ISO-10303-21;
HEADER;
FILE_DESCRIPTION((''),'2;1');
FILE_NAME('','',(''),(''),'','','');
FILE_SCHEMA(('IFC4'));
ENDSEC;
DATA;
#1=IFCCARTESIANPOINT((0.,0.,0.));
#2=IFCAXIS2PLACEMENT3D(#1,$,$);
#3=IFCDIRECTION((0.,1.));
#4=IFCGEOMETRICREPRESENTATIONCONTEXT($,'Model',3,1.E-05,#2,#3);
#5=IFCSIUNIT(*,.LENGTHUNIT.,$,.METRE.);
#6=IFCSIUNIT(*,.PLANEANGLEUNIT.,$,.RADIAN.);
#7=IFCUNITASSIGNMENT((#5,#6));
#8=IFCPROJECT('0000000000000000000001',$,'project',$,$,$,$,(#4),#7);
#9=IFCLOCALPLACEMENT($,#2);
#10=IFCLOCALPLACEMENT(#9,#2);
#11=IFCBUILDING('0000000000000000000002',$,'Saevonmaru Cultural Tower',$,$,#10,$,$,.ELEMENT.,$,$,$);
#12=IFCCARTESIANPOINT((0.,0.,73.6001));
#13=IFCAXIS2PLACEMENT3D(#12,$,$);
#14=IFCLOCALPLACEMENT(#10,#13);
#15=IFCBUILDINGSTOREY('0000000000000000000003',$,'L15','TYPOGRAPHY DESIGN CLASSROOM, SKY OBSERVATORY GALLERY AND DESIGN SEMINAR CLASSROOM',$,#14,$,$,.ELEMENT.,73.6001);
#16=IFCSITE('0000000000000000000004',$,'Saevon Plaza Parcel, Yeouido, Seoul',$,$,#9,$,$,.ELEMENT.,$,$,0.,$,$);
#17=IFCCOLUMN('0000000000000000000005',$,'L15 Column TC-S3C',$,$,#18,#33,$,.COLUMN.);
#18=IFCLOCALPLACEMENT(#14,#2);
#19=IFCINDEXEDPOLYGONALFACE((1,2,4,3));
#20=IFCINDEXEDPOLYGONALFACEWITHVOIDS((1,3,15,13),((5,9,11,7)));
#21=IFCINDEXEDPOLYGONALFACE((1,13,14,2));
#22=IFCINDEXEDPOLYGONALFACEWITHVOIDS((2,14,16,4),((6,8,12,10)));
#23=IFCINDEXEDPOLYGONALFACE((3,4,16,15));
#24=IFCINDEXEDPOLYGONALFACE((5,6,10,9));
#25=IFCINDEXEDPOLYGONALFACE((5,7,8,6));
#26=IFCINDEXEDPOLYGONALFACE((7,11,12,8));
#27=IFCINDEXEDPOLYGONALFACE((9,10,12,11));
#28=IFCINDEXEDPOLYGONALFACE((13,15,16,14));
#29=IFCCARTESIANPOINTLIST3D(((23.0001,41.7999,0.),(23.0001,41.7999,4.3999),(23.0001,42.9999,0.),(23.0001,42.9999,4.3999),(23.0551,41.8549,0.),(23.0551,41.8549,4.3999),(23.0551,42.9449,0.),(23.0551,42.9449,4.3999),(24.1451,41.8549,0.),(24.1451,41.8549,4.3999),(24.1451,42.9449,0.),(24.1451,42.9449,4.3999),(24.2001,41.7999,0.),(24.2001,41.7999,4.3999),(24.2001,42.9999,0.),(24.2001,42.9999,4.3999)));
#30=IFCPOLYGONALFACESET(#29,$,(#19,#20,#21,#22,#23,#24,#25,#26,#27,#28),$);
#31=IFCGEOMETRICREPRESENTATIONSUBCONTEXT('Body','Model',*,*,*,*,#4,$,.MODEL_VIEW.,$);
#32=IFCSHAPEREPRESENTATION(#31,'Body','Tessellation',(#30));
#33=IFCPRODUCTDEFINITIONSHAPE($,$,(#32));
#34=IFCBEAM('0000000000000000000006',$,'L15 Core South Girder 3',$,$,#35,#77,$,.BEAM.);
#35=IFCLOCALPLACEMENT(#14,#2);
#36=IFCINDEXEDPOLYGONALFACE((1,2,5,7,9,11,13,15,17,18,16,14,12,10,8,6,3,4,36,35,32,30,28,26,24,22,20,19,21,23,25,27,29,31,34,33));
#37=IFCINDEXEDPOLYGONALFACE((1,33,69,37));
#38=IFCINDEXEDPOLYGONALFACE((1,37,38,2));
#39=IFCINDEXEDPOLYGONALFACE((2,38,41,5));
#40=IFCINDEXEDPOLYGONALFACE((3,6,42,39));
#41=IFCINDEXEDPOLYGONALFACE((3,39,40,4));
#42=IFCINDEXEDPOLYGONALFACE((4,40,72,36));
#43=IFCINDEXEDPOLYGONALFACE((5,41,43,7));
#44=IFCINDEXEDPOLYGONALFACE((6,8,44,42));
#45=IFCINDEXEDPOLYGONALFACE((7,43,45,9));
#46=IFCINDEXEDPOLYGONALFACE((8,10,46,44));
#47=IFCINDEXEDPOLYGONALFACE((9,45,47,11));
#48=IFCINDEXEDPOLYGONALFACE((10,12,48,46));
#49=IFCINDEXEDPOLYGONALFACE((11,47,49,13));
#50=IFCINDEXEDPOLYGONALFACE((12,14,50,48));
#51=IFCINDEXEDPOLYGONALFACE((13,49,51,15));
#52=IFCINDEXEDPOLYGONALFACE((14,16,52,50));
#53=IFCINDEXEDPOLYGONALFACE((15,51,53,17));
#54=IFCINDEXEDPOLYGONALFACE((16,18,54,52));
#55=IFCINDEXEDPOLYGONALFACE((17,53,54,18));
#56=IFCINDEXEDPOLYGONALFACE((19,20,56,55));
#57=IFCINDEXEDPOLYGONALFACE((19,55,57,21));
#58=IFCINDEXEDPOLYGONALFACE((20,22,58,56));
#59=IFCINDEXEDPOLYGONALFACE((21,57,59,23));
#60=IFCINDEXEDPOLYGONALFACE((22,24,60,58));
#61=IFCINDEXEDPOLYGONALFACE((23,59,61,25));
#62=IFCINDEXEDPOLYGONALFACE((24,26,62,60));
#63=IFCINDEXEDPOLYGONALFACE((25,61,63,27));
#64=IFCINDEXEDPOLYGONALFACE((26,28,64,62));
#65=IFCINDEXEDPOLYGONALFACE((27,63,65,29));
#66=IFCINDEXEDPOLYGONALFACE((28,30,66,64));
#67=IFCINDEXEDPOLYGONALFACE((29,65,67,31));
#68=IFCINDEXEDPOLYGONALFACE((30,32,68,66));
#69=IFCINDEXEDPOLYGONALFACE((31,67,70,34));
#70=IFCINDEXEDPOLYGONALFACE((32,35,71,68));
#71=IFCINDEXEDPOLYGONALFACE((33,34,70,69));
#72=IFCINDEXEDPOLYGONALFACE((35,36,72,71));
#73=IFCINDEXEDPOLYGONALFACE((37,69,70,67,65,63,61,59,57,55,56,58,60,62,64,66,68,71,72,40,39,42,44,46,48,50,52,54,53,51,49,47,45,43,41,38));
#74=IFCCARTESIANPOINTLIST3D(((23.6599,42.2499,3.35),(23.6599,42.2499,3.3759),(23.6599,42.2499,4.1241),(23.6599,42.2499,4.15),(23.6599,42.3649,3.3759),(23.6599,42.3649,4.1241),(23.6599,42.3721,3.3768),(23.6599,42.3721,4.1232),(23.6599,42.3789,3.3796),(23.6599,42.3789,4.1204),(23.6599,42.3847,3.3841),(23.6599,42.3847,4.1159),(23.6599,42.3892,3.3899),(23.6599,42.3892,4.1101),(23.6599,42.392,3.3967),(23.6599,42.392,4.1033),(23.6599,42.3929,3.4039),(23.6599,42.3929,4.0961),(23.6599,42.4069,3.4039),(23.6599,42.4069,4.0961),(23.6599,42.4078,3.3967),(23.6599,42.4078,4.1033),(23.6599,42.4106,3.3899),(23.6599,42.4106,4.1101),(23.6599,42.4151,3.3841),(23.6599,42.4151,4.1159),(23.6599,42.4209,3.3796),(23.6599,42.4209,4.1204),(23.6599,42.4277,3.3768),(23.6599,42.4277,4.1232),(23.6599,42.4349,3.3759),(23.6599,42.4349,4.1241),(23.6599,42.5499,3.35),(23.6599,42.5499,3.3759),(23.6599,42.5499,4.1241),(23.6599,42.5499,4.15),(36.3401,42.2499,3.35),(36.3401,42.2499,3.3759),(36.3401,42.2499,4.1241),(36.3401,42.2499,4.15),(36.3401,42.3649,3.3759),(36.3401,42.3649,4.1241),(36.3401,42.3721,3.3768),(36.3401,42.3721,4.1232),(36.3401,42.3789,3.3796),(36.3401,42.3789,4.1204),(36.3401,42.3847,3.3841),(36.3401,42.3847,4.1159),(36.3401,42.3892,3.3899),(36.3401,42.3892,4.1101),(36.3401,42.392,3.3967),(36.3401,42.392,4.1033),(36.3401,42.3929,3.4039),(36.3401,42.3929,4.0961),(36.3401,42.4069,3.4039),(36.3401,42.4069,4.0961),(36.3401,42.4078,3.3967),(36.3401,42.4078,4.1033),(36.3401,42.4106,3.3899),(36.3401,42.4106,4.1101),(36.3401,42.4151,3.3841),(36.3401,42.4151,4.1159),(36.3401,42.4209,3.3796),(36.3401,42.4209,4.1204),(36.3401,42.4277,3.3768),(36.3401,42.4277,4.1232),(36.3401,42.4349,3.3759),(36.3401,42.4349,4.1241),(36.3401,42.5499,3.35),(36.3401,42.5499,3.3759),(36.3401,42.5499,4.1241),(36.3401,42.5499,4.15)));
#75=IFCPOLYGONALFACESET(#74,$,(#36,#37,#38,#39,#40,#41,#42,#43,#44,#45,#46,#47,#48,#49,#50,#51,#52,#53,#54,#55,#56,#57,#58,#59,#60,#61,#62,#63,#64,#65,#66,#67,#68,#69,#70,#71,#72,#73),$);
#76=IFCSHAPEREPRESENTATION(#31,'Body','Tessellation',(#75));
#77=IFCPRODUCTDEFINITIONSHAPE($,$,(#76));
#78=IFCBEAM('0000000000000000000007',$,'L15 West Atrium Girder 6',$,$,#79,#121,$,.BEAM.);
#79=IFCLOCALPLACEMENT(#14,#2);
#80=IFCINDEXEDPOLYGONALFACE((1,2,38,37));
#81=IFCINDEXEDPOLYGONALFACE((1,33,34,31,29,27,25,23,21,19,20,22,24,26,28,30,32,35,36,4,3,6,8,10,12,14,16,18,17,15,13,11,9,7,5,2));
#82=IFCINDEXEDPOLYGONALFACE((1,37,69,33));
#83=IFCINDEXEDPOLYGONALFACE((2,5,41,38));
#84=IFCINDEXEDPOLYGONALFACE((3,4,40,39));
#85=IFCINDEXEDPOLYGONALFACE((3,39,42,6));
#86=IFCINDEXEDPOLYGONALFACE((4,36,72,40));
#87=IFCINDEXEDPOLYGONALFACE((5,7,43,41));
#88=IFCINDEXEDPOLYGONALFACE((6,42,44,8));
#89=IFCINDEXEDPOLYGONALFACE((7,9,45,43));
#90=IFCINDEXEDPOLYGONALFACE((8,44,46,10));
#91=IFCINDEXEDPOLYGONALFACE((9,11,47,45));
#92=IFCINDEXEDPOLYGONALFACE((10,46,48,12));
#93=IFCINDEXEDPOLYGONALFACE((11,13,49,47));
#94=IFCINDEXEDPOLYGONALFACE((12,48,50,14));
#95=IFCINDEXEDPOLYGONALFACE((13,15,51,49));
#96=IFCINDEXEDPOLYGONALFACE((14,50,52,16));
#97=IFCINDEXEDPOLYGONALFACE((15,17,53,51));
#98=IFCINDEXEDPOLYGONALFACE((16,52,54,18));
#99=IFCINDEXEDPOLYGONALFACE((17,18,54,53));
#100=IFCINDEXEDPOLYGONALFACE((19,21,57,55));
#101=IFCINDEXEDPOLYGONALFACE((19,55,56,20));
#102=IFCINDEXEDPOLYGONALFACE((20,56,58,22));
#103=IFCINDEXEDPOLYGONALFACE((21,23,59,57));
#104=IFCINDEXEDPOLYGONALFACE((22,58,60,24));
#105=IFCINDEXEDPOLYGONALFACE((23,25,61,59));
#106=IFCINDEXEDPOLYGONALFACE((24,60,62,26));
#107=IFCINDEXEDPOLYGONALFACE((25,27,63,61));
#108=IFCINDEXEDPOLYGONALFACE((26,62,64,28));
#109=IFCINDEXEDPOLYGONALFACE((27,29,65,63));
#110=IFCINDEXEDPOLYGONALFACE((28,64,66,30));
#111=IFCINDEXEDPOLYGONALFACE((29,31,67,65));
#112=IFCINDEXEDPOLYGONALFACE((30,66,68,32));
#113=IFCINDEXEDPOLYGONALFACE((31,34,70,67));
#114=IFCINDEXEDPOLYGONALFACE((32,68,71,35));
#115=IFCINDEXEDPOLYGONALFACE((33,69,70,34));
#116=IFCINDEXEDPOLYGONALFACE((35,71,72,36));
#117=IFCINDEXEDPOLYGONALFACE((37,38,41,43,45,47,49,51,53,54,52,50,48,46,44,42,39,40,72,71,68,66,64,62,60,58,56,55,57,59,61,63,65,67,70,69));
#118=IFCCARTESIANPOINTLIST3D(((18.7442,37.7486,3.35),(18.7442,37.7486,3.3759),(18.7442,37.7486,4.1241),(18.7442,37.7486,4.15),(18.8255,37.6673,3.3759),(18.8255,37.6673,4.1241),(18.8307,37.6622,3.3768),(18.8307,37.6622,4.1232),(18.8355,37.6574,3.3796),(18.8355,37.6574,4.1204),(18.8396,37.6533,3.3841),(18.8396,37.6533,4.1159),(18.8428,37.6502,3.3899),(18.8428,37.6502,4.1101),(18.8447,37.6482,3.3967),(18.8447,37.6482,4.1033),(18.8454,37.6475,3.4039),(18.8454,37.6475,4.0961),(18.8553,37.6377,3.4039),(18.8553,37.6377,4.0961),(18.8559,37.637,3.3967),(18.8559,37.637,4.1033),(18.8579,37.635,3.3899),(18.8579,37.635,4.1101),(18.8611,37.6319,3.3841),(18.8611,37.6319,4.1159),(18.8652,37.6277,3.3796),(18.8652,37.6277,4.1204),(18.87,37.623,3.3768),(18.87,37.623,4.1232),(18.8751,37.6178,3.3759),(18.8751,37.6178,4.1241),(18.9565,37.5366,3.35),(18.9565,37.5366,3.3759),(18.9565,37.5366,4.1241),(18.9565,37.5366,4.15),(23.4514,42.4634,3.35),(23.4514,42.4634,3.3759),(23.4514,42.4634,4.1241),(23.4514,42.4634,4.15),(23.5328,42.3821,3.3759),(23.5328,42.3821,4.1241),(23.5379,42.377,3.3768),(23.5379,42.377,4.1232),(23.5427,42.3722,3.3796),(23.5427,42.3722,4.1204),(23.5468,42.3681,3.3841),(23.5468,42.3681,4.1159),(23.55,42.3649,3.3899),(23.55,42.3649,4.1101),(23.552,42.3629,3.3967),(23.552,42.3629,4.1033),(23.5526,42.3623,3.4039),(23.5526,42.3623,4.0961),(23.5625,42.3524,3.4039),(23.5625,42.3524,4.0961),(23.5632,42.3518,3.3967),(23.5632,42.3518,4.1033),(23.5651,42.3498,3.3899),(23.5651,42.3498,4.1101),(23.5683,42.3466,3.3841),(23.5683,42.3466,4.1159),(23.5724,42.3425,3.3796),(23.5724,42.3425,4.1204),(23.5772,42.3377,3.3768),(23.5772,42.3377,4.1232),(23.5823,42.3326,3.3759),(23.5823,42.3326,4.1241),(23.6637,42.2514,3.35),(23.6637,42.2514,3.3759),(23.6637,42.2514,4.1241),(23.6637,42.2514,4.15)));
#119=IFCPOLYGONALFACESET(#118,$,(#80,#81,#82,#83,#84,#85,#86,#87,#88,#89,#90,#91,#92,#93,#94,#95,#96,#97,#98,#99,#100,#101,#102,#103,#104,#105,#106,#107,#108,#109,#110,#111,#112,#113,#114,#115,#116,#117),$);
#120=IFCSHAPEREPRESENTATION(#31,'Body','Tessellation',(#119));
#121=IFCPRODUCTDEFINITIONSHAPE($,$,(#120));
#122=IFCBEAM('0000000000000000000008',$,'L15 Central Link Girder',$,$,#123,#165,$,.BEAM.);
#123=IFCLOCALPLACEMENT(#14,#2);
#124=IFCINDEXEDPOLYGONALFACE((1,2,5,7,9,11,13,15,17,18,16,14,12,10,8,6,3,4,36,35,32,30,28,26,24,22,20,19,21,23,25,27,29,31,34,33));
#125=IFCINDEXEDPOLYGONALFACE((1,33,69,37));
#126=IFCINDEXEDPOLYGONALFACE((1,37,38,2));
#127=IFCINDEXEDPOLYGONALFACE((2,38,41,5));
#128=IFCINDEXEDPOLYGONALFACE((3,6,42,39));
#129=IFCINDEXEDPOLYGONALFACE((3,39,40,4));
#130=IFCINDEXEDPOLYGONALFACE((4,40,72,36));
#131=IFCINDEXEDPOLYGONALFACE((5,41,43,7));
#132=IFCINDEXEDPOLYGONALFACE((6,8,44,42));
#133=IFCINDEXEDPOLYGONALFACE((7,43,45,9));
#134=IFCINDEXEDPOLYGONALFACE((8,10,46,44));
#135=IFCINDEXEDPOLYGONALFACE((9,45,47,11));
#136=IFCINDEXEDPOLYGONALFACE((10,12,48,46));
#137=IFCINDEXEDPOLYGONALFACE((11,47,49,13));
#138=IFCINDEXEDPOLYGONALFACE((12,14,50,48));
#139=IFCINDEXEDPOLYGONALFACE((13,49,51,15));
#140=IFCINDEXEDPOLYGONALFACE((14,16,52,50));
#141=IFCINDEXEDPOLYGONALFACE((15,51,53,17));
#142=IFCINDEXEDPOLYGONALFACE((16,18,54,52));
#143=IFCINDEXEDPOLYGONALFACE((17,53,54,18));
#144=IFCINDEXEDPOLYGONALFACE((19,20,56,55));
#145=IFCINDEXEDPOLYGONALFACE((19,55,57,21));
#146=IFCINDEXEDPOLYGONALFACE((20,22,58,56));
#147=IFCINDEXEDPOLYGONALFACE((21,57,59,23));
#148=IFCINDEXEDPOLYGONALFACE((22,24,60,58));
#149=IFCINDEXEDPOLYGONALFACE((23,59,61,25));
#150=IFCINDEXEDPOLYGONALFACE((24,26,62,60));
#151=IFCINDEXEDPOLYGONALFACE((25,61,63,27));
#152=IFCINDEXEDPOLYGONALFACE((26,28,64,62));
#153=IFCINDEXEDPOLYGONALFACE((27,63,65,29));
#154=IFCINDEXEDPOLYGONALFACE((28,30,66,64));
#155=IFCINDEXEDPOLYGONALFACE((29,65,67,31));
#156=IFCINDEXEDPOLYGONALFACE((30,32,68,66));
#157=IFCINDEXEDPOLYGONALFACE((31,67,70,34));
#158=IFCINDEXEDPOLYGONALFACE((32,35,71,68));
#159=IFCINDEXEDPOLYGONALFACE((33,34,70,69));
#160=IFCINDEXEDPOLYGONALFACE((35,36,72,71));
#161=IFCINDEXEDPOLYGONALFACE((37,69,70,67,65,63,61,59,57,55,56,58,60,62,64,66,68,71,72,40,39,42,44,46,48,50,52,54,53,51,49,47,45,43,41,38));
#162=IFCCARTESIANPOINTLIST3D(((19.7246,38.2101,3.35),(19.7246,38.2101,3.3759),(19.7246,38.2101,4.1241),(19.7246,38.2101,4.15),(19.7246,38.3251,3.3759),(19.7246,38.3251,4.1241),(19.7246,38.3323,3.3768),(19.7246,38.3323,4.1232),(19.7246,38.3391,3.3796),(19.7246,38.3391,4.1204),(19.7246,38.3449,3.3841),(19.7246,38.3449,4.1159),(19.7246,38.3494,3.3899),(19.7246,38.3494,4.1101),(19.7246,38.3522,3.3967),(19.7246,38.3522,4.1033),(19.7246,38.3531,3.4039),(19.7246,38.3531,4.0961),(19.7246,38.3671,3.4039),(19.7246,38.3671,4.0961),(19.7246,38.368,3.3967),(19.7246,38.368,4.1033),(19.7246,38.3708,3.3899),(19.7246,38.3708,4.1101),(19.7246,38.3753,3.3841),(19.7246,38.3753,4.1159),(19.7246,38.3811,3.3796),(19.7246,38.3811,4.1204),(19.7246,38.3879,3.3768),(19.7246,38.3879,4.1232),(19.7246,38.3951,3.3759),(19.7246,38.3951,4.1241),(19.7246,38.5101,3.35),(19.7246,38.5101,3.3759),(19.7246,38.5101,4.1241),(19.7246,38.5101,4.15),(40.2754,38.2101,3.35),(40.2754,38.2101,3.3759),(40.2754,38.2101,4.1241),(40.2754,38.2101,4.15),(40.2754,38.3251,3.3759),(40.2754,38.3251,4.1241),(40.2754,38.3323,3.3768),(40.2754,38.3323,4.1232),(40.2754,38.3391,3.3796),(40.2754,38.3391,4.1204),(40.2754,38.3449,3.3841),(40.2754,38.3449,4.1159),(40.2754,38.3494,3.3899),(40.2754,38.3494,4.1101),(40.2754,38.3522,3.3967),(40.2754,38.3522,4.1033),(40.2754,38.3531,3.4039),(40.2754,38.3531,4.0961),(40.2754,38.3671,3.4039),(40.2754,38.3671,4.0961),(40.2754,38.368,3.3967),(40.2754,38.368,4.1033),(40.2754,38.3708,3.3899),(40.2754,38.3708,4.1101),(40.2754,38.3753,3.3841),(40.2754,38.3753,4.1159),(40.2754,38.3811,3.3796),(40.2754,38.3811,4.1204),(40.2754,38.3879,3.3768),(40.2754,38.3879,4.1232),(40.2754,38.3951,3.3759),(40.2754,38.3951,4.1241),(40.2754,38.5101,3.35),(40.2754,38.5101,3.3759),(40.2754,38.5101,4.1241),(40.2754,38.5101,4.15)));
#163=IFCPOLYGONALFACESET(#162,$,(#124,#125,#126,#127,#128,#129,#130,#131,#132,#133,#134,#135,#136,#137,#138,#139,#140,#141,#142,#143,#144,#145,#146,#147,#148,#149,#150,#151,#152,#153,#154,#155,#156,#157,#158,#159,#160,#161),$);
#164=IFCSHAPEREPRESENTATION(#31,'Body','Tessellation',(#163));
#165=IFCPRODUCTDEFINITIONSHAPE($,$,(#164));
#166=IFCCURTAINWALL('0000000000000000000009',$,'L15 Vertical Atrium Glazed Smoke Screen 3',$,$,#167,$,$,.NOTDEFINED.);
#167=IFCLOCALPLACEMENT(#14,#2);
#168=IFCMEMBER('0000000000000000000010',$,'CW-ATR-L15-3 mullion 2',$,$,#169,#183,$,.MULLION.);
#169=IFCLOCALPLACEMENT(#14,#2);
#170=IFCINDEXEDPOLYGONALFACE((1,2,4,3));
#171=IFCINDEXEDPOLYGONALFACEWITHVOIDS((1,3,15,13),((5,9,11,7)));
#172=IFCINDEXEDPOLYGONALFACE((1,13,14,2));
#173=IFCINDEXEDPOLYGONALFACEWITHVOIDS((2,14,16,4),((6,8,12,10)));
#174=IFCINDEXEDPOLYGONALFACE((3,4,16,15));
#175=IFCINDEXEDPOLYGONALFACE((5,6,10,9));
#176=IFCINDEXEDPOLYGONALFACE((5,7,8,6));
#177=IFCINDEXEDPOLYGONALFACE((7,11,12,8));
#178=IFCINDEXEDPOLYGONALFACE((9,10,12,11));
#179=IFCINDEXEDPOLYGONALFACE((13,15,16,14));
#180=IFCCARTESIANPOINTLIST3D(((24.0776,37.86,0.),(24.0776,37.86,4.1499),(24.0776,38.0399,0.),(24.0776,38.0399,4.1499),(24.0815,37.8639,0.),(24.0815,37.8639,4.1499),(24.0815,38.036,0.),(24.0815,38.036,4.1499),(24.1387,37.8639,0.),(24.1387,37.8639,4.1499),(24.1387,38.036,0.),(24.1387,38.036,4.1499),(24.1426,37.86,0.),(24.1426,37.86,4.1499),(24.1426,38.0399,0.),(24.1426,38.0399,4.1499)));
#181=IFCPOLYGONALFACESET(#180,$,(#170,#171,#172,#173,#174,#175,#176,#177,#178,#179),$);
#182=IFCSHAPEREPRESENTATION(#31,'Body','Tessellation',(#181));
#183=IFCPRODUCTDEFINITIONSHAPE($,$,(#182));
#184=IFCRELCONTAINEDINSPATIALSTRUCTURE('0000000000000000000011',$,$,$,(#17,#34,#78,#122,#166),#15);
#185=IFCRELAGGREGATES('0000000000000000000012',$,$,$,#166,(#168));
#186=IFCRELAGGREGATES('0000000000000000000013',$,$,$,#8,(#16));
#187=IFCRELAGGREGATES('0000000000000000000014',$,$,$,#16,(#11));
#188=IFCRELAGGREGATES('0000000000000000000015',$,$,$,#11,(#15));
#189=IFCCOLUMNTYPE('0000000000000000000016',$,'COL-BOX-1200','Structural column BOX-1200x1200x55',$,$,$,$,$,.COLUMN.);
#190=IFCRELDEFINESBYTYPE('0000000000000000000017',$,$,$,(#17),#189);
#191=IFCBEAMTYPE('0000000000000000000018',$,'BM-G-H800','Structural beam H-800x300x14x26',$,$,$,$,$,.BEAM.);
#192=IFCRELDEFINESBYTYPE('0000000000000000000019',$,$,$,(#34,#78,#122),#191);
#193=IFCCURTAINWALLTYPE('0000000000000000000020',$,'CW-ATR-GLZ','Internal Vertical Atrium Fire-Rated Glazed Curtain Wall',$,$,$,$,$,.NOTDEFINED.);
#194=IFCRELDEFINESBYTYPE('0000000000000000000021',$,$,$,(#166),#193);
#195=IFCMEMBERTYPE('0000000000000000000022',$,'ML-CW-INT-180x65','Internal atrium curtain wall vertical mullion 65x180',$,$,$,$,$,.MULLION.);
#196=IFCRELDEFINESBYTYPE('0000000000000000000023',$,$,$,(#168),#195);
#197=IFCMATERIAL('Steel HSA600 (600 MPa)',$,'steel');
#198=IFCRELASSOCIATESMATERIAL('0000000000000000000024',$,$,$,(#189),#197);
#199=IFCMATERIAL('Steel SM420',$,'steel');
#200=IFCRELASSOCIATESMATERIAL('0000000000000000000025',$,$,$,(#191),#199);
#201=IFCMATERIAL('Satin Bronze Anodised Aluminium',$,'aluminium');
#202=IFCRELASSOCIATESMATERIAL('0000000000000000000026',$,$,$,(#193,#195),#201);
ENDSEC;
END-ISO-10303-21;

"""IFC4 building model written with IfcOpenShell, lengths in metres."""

from ifc_helpers import new_model, si_unit, direction, frame, origin, origin_2d, place, context, subcontext, project, spatial, hollow_rectangle, i_section, extrude, material, material_profile, profile_set, type_object, element, aggregate, save


model = new_model("IFC4")

# Units and contexts
model_context = context("Model", 3, precision=1e-05, world=origin(), true_north=direction((0.0, 1.0)))
body_context = subcontext(model_context, "Body", "Model", "MODEL_VIEW")
ifc_project = project(units=[si_unit("LENGTHUNIT", "METRE"), si_unit("PLANEANGLEUNIT", "RADIAN")], contexts=[model_context])

# Site, building, storey
site_placement = place(None, origin())
site = spatial("IfcSite", under=ifc_project, at=site_placement, Name="Saevon Plaza Parcel, Yeouido, Seoul", CompositionType="ELEMENT", RefElevation=0.0)
building_placement = place(site_placement, origin())
building = spatial("IfcBuilding", under=site, at=building_placement, Name="Saevonmaru Cultural Tower", CompositionType="ELEMENT")
storey_placement = place(building_placement, frame((0.0, 0.0, 73.6001)))
storey = spatial("IfcBuildingStorey", under=building, at=storey_placement, Name="L15", Description="TYPOGRAPHY DESIGN CLASSROOM, SKY OBSERVATORY GALLERY AND DESIGN SEMINAR CLASSROOM", CompositionType="ELEMENT", Elevation=73.6001)

# Column
ifc_material_1 = material(Name="Steel HSA600 (600 MPa)", Category="steel")
ifc_material_profile_1 = material_profile(ifc_material_1, hollow_rectangle(XDim=1.2, YDim=1.2, WallThickness=0.0549, at=origin_2d()), Name="BOX-1200x1200x55")
ifc_profile_set_1 = profile_set([ifc_material_profile_1], Name="Steel HSA600 (600 MPa)")
column_type = type_object("IfcColumnType", Name="COL-BOX-1200", Description="Structural column BOX-1200x1200x55", PredefinedType="COLUMN", material=ifc_profile_set_1)
column_placement = place(storey_placement, frame((23.6001, 42.3999, 0.0), z_axis=(0.0, 0.0, 1.0), x_axis=(1.0, 0.0, 0.0)))
element("IfcColumn", 1, at=column_placement, inside=storey, type_object=column_type, Name="L15 Column TC-S3C", PredefinedType="COLUMN", context=body_context, shape_type="SweptSolid", body=[
    extrude(hollow_rectangle(XDim=1.2, YDim=1.2, WallThickness=0.0549, at=origin_2d()), origin(), (0.0, 0.0, 1.0), 4.3999),
])

# Beams
ifc_material_2 = material(Name="Steel SM420", Category="steel")
ifc_material_profile_2 = material_profile(ifc_material_2, i_section(OverallWidth=0.3, OverallDepth=0.8, WebThickness=0.0139, FlangeThickness=0.0259, FilletRadius=0.0281, at=origin_2d()), Name="H-800x300x14x26")
ifc_profile_set_2 = profile_set([ifc_material_profile_2], Name="Steel SM420")
beam_type = type_object("IfcBeamType", Name="BM-G-H800", Description="Structural beam H-800x300x14x26", PredefinedType="BEAM", material=ifc_profile_set_2)
beam_1_placement = place(storey_placement, frame((23.6599, 42.3999, 3.75), z_axis=(1.0, 0.0, 0.0), x_axis=(0.0, 1.0, 0.0)))
element("IfcBeam", 2, at=beam_1_placement, inside=storey, type_object=beam_type, Name="L15 Core South Girder 3", PredefinedType="BEAM", context=body_context, shape_type="SweptSolid", body=[
    extrude(i_section(OverallWidth=0.3, OverallDepth=0.8, WebThickness=0.0139, FlangeThickness=0.0259, FilletRadius=0.0281, at=origin_2d()), origin(), (0.0, 0.0, 1.0), 12.6802),
])
beam_2_placement = place(storey_placement, frame((18.8503, 37.6426, 3.75), z_axis=(0.706539, 0.707675, 0.0), x_axis=(-0.707675, 0.706539, 0.0)))
element("IfcBeam", 3, at=beam_2_placement, inside=storey, type_object=beam_type, Name="L15 West Atrium Girder 6", PredefinedType="BEAM", context=body_context, shape_type="SweptSolid", body=[
    extrude(i_section(OverallWidth=0.3, OverallDepth=0.8, WebThickness=0.0139, FlangeThickness=0.0259, FilletRadius=0.0281, at=origin_2d()), origin(), (0.0, 0.0, 1.0), 6.6624),
])
beam_3_placement = place(storey_placement, frame((19.7246, 38.3601, 3.75), z_axis=(1.0, 0.0, 0.0), x_axis=(0.0, 1.0, 0.0)))
element("IfcBeam", 4, at=beam_3_placement, inside=storey, type_object=beam_type, Name="L15 Central Link Girder", PredefinedType="BEAM", context=body_context, shape_type="SweptSolid", body=[
    extrude(i_section(OverallWidth=0.3, OverallDepth=0.8, WebThickness=0.0139, FlangeThickness=0.0259, FilletRadius=0.0281, at=origin_2d()), origin(), (0.0, 0.0, 1.0), 20.5508),
])

# Curtain wall, member
ifc_material_3 = material(Name="Satin Bronze Anodised Aluminium", Category="aluminium")
curtain_wall_type = type_object("IfcCurtainWallType", Name="CW-ATR-GLZ", Description="Internal Vertical Atrium Fire-Rated Glazed Curtain Wall", PredefinedType="NOTDEFINED", material=ifc_material_3)
curtain_wall_1_placement = place(storey_placement, origin())
curtain_wall_1 = element("IfcCurtainWall", 5, at=curtain_wall_1_placement, inside=storey, type_object=curtain_wall_type, Name="L15 Vertical Atrium Glazed Smoke Screen 3", PredefinedType="NOTDEFINED")
ifc_material_profile_3 = material_profile(ifc_material_3, hollow_rectangle(XDim=0.0649, YDim=0.1799, WallThickness=0.0039, at=origin_2d()), Name="ALU-MULL-180x65x4")
ifc_profile_set_3 = profile_set([ifc_material_profile_3], Name="Satin Bronze Anodised Aluminium")
member_type_1 = type_object("IfcMemberType", Name="ML-CW-INT-180x65", Description="Internal atrium curtain wall vertical mullion 65x180", PredefinedType="MULLION", material=ifc_profile_set_3)
member_1_placement = place(storey_placement, frame((24.1101, 37.95, 0.0), z_axis=(0.0, 0.0, 1.0), x_axis=(-1.0, 0.0, 0.0)))
member_1 = element("IfcMember", 6, at=member_1_placement, type_object=member_type_1, Name="CW-ATR-L15-3 mullion 2", PredefinedType="MULLION", context=body_context, shape_type="SweptSolid", body=[
    extrude(hollow_rectangle(XDim=0.0649, YDim=0.1799, WallThickness=0.0039, at=origin_2d()), origin(), (0.0, 0.0, 1.0), 4.1499),
])
aggregate(curtain_wall_1, [member_1])

save(model, "model.ifc")
